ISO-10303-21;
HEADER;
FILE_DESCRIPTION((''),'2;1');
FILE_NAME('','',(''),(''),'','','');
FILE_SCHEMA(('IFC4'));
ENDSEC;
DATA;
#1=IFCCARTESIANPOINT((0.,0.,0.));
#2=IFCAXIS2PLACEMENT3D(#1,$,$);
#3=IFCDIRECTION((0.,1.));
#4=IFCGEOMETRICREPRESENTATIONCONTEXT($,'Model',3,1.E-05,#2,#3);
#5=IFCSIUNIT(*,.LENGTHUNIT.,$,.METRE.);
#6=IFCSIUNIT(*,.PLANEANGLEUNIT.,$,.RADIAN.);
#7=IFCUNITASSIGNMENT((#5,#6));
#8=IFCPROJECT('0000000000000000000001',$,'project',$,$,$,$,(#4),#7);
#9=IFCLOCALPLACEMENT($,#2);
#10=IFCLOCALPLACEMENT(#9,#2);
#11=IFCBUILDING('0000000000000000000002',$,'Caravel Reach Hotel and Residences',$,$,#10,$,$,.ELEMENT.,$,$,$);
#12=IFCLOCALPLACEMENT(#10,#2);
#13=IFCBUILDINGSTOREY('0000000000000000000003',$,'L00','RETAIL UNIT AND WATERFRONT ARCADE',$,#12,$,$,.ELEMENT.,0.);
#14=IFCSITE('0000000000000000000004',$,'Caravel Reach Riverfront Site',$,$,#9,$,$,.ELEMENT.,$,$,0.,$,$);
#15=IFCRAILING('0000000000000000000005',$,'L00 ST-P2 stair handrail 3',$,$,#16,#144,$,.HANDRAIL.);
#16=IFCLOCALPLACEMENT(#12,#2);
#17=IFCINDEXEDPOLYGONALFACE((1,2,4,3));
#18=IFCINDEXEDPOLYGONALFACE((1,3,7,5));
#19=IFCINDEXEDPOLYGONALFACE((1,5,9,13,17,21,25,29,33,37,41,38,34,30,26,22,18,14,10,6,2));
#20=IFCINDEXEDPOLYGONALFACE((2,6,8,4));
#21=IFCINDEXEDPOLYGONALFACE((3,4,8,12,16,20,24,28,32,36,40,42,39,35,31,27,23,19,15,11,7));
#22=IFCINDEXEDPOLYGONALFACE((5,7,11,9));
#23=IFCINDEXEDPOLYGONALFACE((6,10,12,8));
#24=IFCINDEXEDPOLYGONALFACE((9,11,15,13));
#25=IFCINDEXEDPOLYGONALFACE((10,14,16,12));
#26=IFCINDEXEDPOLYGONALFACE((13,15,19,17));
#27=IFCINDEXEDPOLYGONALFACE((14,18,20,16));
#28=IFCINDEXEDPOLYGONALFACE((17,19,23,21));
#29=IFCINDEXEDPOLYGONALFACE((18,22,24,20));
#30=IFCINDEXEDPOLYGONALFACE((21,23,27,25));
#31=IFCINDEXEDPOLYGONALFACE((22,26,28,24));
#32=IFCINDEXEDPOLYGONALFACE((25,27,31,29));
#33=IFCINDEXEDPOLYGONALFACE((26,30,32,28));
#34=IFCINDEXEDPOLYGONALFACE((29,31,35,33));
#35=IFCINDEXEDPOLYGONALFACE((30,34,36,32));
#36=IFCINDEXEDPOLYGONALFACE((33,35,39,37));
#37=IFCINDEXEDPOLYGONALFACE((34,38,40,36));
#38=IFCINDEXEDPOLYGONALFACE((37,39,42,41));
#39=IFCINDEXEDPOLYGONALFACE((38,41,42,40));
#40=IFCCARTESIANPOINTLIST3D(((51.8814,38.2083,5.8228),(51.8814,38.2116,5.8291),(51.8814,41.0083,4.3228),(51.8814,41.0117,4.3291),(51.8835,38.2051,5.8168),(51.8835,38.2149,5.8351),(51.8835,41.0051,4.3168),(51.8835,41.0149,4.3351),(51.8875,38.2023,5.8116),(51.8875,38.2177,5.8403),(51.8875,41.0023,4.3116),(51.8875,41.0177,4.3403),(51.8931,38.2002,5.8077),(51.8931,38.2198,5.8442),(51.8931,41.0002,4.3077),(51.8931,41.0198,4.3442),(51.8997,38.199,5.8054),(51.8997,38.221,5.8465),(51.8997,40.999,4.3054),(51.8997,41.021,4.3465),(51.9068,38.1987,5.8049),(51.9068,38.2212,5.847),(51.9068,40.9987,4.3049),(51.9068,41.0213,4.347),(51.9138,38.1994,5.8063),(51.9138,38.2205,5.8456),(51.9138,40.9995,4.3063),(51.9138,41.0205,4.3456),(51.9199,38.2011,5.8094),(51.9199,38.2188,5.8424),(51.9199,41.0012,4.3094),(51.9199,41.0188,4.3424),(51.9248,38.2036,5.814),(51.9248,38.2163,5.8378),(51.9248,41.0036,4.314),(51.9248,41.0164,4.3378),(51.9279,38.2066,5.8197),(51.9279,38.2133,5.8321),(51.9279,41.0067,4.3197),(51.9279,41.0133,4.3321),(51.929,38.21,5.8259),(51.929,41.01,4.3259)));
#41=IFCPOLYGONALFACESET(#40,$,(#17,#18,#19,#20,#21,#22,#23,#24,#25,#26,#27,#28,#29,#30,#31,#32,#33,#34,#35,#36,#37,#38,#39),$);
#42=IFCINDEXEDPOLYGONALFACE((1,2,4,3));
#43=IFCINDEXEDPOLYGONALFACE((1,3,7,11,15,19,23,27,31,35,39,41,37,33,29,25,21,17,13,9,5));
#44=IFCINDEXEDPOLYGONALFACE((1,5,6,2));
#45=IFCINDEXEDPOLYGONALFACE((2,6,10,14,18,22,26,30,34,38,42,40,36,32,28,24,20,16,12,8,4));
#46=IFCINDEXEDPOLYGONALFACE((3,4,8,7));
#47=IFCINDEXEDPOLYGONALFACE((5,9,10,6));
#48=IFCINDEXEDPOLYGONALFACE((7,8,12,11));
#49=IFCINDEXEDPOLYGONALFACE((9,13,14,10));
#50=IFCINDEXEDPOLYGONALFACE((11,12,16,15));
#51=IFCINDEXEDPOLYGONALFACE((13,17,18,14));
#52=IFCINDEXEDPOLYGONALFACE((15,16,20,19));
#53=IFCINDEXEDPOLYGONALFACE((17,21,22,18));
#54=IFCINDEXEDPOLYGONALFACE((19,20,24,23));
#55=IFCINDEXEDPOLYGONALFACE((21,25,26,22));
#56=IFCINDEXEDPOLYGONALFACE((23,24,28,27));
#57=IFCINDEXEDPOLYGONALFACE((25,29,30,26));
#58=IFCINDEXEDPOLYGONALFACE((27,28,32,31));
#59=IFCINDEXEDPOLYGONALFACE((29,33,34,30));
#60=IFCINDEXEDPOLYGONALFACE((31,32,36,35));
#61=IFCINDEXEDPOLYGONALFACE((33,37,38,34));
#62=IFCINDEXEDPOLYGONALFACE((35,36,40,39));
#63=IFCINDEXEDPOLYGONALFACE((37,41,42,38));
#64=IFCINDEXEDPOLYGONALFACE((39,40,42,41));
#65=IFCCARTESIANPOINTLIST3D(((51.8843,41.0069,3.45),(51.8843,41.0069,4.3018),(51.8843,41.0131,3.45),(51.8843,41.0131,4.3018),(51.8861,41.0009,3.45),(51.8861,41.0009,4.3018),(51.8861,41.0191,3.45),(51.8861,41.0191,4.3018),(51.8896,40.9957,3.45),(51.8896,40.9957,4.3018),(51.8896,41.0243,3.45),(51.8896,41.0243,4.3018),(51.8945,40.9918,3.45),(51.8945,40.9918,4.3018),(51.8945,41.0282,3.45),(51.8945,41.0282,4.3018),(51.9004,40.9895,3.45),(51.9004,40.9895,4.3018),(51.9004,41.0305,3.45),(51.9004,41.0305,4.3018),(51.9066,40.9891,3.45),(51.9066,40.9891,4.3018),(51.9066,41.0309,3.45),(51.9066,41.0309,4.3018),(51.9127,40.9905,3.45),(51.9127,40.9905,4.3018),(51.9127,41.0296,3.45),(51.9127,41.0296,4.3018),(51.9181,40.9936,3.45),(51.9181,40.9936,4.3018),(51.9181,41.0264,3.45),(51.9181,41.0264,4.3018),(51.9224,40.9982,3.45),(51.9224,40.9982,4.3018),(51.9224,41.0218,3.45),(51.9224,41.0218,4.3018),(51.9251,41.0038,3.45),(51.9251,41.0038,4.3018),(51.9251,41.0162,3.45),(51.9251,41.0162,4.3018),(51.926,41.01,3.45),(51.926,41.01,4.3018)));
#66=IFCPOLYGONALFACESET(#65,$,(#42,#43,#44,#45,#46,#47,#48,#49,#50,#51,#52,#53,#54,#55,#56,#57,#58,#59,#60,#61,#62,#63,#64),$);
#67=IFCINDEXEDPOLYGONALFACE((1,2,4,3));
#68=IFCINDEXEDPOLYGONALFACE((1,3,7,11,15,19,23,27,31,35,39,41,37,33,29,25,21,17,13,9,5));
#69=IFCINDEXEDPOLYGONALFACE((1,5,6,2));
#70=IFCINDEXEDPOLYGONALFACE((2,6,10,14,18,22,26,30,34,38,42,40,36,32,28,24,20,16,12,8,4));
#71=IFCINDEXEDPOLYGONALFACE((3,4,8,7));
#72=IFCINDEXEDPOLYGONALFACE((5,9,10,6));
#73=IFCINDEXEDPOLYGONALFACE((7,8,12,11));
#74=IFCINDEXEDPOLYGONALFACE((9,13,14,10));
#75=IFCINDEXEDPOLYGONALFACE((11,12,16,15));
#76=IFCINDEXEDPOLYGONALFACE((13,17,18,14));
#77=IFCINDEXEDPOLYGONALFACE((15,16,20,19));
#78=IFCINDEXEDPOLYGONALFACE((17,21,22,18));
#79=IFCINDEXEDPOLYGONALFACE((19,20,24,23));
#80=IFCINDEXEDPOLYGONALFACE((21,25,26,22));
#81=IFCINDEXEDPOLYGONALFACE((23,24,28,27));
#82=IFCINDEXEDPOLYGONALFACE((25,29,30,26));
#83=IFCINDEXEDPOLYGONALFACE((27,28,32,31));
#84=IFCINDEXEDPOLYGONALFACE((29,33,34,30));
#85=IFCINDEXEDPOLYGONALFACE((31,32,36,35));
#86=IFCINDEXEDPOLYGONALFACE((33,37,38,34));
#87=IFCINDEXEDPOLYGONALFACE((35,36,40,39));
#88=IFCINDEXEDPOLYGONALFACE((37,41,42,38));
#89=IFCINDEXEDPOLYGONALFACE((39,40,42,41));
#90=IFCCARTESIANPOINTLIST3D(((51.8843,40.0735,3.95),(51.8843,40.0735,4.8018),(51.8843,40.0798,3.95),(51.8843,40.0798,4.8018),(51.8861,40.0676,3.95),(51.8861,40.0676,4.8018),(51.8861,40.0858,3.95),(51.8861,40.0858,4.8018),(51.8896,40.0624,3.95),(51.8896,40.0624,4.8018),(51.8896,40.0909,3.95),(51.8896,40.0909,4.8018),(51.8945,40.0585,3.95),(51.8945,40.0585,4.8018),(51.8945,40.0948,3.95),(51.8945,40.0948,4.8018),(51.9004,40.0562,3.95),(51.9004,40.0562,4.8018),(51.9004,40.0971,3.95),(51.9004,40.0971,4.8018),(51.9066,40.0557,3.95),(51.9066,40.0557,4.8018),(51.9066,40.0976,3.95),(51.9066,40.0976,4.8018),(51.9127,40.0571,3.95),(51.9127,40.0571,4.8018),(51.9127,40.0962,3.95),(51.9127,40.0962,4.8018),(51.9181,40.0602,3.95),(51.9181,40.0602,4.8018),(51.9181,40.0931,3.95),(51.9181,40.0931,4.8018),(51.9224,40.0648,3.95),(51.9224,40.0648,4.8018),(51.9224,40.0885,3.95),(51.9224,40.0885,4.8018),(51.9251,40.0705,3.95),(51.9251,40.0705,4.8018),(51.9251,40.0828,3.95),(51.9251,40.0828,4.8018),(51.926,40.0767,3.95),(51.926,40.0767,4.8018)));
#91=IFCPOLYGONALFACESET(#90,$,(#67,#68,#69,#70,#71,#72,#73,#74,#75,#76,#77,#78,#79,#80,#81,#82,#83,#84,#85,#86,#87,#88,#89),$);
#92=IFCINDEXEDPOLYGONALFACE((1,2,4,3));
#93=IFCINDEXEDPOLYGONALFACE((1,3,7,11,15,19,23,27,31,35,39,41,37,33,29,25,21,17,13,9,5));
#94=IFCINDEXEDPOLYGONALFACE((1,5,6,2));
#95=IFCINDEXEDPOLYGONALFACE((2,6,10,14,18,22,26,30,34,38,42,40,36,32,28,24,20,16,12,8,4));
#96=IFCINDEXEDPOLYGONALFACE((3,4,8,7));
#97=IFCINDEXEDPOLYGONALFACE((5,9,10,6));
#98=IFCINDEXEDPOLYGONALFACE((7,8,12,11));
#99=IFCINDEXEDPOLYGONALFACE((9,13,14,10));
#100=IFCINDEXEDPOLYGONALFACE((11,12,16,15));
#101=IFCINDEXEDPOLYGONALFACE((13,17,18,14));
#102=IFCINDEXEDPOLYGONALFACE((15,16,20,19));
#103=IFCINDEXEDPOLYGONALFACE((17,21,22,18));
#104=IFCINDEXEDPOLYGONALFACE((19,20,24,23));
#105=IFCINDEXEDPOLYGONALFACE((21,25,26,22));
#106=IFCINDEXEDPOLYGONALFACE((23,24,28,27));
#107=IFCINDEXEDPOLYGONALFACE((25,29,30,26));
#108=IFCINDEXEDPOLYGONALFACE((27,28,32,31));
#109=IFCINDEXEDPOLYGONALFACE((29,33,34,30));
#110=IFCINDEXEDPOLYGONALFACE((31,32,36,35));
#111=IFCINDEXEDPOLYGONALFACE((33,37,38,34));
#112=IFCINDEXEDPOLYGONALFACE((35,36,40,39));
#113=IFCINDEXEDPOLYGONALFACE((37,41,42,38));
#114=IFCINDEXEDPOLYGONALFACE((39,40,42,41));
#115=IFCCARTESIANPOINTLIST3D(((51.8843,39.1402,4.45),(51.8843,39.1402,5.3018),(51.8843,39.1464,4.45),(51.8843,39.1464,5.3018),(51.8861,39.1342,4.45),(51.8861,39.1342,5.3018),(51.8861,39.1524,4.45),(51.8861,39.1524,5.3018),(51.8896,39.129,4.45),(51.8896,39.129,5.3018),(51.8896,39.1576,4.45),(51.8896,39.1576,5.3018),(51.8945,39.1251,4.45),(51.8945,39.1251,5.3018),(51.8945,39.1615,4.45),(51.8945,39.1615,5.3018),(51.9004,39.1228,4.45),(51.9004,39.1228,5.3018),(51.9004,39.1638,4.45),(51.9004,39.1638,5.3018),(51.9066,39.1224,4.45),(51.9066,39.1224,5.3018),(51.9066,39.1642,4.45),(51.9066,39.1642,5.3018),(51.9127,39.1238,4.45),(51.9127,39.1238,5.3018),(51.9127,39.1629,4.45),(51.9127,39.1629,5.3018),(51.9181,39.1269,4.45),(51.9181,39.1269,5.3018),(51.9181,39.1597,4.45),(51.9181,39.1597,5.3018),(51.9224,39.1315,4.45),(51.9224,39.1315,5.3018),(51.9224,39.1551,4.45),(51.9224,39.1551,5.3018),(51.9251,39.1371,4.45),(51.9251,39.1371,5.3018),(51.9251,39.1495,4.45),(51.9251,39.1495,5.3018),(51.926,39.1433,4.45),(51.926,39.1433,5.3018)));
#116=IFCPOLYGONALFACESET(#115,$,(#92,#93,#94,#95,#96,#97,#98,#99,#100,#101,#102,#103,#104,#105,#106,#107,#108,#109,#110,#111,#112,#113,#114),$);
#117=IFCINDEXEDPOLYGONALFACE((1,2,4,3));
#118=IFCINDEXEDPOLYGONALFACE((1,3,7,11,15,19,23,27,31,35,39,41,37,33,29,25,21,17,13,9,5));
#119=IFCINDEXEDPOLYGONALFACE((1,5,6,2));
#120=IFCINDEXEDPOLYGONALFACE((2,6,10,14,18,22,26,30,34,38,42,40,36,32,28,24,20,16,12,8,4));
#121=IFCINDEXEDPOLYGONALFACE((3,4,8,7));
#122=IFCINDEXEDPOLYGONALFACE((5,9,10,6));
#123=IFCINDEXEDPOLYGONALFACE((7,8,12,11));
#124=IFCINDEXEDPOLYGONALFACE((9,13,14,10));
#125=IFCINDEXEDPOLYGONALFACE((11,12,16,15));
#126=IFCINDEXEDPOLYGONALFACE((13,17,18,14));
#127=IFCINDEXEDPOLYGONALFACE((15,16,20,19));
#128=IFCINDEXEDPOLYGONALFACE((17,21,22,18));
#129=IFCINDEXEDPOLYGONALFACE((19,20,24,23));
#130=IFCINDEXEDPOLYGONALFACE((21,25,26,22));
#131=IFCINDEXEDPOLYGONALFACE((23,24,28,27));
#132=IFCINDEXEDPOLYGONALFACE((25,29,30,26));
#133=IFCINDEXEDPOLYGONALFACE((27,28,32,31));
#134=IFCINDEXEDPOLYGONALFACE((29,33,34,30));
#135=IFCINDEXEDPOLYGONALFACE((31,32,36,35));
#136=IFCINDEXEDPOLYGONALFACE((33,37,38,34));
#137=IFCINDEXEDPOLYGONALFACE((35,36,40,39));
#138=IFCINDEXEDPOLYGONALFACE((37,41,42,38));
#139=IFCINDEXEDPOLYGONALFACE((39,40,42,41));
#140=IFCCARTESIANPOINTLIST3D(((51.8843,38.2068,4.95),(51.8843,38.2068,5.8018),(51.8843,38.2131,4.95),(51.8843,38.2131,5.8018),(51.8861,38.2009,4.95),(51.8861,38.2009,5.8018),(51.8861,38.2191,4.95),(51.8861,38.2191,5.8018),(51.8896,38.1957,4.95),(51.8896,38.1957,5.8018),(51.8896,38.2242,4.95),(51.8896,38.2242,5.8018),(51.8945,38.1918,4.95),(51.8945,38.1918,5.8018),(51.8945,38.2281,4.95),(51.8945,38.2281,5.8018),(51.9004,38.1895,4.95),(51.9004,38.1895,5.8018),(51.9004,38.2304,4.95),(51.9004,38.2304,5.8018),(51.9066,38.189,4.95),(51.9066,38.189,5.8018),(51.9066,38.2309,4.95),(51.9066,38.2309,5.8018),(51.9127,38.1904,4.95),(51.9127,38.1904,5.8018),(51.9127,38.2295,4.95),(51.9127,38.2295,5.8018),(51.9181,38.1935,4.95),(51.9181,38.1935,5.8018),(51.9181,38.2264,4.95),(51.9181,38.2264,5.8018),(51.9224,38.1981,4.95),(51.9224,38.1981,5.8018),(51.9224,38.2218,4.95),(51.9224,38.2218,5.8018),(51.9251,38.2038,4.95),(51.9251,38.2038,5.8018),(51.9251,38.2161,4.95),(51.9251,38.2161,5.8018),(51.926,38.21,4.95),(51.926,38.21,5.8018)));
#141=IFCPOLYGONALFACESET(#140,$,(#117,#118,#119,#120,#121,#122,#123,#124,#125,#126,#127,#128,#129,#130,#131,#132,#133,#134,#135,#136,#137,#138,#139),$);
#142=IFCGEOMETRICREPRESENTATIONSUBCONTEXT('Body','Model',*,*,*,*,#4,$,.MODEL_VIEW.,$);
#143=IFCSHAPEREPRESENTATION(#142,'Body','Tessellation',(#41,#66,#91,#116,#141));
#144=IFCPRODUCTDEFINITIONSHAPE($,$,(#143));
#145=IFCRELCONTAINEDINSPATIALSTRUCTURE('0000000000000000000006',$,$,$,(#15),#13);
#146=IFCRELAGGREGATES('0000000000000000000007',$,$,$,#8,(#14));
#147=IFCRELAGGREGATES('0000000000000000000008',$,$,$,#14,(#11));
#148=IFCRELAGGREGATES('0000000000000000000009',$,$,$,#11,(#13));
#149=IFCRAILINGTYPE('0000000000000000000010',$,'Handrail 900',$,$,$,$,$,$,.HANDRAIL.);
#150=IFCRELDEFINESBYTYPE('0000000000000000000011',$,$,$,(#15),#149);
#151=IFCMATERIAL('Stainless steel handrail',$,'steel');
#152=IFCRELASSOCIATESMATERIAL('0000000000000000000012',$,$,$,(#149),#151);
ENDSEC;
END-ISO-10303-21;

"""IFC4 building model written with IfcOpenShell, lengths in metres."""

from ifc_helpers import new_model, si_unit, direction, frame, origin, origin_2d, place, context, subcontext, project, spatial, circle, extrude, material, type_object, element, save


model = new_model("IFC4")

# Units and contexts
model_context = context("Model", 3, precision=1e-05, world=origin(), true_north=direction((0.0, 1.0)))
body_context = subcontext(model_context, "Body", "Model", "MODEL_VIEW")
ifc_project = project(units=[si_unit("LENGTHUNIT", "METRE"), si_unit("PLANEANGLEUNIT", "RADIAN")], contexts=[model_context])

# Site, building, storey
site_placement = place(None, origin())
site = spatial("IfcSite", under=ifc_project, at=site_placement, Name="Caravel Reach Riverfront Site", CompositionType="ELEMENT", RefElevation=0.0)
building_placement = place(site_placement, origin())
building = spatial("IfcBuilding", under=site, at=building_placement, Name="Caravel Reach Hotel and Residences", CompositionType="ELEMENT")
storey_placement = place(building_placement, origin())
storey = spatial("IfcBuildingStorey", under=building, at=storey_placement, Name="L00", Description="RETAIL UNIT AND WATERFRONT ARCADE", CompositionType="ELEMENT", Elevation=0.0)

# Railing
ifc_material_1 = material(Name="Stainless steel handrail", Category="steel")
railing_type_1 = type_object("IfcRailingType", Name="Handrail 900", PredefinedType="HANDRAIL", material=ifc_material_1)
railing_1_placement = place(storey_placement, frame((51.905, 41.01, 3.45)))
element("IfcRailing", 1, at=railing_1_placement, inside=storey, type_object=railing_type_1, Name="L00 ST-P2 stair handrail 3", PredefinedType="HANDRAIL", context=body_context, shape_type="SweptSolid", body=[
    extrude(circle(Radius=0.0239, at=origin_2d()), frame((0.0, 0.0, 0.876), z_axis=(0.0, -0.881483, 0.472215), x_axis=(1.0, 0.0, 0.0)), (0.0, 0.0, 1.0), 3.1765),
    extrude(circle(Radius=0.021, at=origin_2d()), origin(), (0.0, 0.0, 1.0), 0.8518),
    extrude(circle(Radius=0.021, at=origin_2d()), frame((0.0, -0.9333, 0.5)), (0.0, 0.0, 1.0), 0.8518),
    extrude(circle(Radius=0.021, at=origin_2d()), frame((0.0, -1.8667, 1.0)), (0.0, 0.0, 1.0), 0.8518),
    extrude(circle(Radius=0.021, at=origin_2d()), frame((0.0, -2.8, 1.5)), (0.0, 0.0, 1.0), 0.8518),
])

save(model, "model.ifc")
